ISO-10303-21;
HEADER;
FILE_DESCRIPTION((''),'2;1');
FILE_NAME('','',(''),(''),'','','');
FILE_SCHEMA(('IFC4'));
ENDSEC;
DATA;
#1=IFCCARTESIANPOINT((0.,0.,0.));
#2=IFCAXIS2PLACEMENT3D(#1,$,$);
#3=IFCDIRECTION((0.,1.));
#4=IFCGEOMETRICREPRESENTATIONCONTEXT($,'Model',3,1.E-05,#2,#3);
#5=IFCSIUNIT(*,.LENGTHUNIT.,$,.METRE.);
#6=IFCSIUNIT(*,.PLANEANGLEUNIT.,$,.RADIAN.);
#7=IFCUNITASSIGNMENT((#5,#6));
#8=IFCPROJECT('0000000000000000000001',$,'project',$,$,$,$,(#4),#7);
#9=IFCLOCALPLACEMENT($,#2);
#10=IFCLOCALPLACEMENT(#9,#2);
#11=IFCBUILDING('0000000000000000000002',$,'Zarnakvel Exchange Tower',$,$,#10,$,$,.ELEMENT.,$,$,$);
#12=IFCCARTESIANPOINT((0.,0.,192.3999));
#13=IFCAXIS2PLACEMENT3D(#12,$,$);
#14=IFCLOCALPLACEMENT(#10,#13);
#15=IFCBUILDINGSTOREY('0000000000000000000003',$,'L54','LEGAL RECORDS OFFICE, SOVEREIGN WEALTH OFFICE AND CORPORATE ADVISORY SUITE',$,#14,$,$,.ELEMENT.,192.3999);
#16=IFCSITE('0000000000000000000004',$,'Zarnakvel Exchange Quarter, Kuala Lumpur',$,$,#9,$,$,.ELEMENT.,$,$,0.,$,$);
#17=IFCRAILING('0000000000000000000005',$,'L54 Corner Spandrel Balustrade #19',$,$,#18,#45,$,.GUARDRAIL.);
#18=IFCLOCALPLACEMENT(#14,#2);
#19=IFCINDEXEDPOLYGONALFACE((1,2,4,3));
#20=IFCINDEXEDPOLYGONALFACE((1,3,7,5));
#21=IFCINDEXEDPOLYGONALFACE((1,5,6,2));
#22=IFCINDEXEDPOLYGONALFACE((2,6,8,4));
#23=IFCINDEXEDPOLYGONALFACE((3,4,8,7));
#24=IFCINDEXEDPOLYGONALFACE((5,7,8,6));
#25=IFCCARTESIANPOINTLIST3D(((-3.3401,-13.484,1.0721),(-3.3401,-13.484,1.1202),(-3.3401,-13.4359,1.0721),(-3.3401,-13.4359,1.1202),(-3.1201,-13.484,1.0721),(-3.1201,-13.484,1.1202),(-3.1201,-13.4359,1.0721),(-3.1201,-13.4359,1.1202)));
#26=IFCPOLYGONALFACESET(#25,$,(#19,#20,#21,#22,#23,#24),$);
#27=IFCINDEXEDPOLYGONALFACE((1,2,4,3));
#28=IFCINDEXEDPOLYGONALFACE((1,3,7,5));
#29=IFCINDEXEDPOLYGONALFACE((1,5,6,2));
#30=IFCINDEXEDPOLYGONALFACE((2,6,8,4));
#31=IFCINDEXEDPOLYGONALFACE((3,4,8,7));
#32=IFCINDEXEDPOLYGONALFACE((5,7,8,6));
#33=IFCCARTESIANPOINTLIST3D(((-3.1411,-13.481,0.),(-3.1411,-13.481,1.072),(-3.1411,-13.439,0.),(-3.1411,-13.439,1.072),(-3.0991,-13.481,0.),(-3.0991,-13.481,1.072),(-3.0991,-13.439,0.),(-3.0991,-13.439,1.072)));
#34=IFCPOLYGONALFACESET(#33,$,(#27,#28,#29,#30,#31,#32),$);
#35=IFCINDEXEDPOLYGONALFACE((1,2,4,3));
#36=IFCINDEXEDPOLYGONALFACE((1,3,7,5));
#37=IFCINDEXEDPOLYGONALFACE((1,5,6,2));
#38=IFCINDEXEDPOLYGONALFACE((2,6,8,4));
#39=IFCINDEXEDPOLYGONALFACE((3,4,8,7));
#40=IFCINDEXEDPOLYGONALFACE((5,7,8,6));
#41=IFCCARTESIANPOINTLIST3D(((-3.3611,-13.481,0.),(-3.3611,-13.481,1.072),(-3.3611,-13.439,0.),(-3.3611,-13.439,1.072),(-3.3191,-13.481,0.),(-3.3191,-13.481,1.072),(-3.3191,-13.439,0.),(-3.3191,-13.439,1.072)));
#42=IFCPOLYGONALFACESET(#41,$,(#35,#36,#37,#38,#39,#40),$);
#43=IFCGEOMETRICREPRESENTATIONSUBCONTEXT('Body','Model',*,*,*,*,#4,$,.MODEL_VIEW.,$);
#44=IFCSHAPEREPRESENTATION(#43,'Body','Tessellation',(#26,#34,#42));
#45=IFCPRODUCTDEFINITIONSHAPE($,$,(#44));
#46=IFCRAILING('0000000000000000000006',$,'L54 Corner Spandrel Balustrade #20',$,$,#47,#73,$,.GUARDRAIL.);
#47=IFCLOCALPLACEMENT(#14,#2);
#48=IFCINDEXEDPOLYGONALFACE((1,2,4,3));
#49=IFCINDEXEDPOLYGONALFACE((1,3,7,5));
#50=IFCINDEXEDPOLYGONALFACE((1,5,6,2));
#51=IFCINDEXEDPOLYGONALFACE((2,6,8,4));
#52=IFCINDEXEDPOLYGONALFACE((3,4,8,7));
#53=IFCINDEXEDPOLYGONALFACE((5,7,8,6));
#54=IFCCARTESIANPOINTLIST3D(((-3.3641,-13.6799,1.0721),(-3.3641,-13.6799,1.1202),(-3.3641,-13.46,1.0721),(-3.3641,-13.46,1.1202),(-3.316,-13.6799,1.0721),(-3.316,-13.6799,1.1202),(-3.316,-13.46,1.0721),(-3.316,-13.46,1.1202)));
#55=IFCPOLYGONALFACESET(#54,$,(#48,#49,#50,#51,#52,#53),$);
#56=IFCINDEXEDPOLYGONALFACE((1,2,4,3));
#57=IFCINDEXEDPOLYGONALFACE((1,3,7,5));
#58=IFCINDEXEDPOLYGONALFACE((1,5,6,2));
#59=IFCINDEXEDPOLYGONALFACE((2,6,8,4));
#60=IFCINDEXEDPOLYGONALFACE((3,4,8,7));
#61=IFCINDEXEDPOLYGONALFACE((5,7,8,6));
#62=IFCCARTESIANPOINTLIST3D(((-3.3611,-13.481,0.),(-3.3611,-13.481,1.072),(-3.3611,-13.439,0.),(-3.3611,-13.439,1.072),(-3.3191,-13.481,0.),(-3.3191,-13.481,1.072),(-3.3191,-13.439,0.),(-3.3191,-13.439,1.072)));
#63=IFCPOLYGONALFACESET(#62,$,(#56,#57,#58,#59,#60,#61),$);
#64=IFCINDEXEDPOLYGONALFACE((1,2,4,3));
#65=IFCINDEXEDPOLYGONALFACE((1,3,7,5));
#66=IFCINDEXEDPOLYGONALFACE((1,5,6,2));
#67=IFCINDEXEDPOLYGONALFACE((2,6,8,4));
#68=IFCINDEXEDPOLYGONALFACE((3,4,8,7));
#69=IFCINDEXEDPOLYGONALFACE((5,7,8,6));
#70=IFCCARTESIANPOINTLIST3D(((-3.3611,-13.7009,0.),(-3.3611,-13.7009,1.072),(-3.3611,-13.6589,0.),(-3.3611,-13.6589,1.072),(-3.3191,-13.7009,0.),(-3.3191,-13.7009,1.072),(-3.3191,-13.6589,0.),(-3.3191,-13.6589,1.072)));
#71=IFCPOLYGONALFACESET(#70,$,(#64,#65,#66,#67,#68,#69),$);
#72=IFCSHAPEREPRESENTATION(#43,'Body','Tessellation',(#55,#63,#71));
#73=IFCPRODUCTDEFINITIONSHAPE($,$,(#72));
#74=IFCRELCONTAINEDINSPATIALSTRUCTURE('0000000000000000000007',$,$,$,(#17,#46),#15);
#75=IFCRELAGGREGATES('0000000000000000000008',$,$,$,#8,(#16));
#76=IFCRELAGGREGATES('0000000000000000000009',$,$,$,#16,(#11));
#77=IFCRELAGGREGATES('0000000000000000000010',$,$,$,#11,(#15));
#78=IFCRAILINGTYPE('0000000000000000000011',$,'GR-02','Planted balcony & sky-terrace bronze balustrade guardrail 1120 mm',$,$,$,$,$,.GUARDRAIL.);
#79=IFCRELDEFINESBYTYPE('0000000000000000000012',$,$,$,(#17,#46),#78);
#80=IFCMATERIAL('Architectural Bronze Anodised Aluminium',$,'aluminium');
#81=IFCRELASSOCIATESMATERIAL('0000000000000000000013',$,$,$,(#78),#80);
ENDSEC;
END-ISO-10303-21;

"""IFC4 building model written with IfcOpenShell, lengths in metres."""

from ifc_helpers import new_model, si_unit, direction, frame, origin, origin_2d, place, context, subcontext, project, spatial, rectangle, extrude, material, type_object, element, save


model = new_model("IFC4")

# Units and contexts
model_context = context("Model", 3, precision=1e-05, world=origin(), true_north=direction((0.0, 1.0)))
body_context = subcontext(model_context, "Body", "Model", "MODEL_VIEW")
ifc_project = project(units=[si_unit("LENGTHUNIT", "METRE"), si_unit("PLANEANGLEUNIT", "RADIAN")], contexts=[model_context])

# Site, building, storey
site_placement = place(None, origin())
site = spatial("IfcSite", under=ifc_project, at=site_placement, Name="Zarnakvel Exchange Quarter, Kuala Lumpur", CompositionType="ELEMENT", RefElevation=0.0)
building_placement = place(site_placement, origin())
building = spatial("IfcBuilding", under=site, at=building_placement, Name="Zarnakvel Exchange Tower", CompositionType="ELEMENT")
storey_placement = place(building_placement, frame((0.0, 0.0, 192.3999)))
storey = spatial("IfcBuildingStorey", under=building, at=storey_placement, Name="L54", Description="LEGAL RECORDS OFFICE, SOVEREIGN WEALTH OFFICE AND CORPORATE ADVISORY SUITE", CompositionType="ELEMENT", Elevation=192.3999)

# Shared definitions
ifc_material_1 = material(Name="Architectural Bronze Anodised Aluminium", Category="aluminium")

# Railings
railing_type_1 = type_object("IfcRailingType", Name="GR-02", Description="Planted balcony & sky-terrace bronze balustrade guardrail 1120 mm", PredefinedType="GUARDRAIL", material=ifc_material_1)
railing_1_placement = place(storey_placement, frame((-3.1201, -13.46, 0.0)))
element("IfcRailing", 1, at=railing_1_placement, inside=storey, type_object=railing_type_1, Name="L54 Corner Spandrel Balustrade #19", PredefinedType="GUARDRAIL", context=body_context, shape_type="SweptSolid", body=[
    extrude(rectangle(XDim=0.0481, YDim=0.0481, at=origin_2d()), frame((0.0, 0.0, 1.0962), z_axis=(-1.0, 0.0, 0.0), x_axis=(0.0, -1.0, 0.0)), (0.0, 0.0, 1.0), 0.22),
    extrude(rectangle(XDim=0.042, YDim=0.042, at=origin_2d()), origin(), (0.0, 0.0, 1.0), 1.072),
    extrude(rectangle(XDim=0.042, YDim=0.042, at=origin_2d()), frame((-0.22, 0.0, 0.0)), (0.0, 0.0, 1.0), 1.072),
])
railing_2_placement = place(storey_placement, frame((-3.3401, -13.46, 0.0)))
element("IfcRailing", 2, at=railing_2_placement, inside=storey, type_object=railing_type_1, Name="L54 Corner Spandrel Balustrade #20", PredefinedType="GUARDRAIL", context=body_context, shape_type="SweptSolid", body=[
    extrude(rectangle(XDim=0.0481, YDim=0.0481, at=origin_2d()), frame((0.0, 0.0, 1.0962), z_axis=(0.0, -1.0, 0.0), x_axis=(1.0, 0.0, 0.0)), (0.0, 0.0, 1.0), 0.22),
    extrude(rectangle(XDim=0.042, YDim=0.042, at=origin_2d()), origin(), (0.0, 0.0, 1.0), 1.072),
    extrude(rectangle(XDim=0.042, YDim=0.042, at=origin_2d()), frame((0.0, -0.22, 0.0)), (0.0, 0.0, 1.0), 1.072),
])

save(model, "model.ifc")
